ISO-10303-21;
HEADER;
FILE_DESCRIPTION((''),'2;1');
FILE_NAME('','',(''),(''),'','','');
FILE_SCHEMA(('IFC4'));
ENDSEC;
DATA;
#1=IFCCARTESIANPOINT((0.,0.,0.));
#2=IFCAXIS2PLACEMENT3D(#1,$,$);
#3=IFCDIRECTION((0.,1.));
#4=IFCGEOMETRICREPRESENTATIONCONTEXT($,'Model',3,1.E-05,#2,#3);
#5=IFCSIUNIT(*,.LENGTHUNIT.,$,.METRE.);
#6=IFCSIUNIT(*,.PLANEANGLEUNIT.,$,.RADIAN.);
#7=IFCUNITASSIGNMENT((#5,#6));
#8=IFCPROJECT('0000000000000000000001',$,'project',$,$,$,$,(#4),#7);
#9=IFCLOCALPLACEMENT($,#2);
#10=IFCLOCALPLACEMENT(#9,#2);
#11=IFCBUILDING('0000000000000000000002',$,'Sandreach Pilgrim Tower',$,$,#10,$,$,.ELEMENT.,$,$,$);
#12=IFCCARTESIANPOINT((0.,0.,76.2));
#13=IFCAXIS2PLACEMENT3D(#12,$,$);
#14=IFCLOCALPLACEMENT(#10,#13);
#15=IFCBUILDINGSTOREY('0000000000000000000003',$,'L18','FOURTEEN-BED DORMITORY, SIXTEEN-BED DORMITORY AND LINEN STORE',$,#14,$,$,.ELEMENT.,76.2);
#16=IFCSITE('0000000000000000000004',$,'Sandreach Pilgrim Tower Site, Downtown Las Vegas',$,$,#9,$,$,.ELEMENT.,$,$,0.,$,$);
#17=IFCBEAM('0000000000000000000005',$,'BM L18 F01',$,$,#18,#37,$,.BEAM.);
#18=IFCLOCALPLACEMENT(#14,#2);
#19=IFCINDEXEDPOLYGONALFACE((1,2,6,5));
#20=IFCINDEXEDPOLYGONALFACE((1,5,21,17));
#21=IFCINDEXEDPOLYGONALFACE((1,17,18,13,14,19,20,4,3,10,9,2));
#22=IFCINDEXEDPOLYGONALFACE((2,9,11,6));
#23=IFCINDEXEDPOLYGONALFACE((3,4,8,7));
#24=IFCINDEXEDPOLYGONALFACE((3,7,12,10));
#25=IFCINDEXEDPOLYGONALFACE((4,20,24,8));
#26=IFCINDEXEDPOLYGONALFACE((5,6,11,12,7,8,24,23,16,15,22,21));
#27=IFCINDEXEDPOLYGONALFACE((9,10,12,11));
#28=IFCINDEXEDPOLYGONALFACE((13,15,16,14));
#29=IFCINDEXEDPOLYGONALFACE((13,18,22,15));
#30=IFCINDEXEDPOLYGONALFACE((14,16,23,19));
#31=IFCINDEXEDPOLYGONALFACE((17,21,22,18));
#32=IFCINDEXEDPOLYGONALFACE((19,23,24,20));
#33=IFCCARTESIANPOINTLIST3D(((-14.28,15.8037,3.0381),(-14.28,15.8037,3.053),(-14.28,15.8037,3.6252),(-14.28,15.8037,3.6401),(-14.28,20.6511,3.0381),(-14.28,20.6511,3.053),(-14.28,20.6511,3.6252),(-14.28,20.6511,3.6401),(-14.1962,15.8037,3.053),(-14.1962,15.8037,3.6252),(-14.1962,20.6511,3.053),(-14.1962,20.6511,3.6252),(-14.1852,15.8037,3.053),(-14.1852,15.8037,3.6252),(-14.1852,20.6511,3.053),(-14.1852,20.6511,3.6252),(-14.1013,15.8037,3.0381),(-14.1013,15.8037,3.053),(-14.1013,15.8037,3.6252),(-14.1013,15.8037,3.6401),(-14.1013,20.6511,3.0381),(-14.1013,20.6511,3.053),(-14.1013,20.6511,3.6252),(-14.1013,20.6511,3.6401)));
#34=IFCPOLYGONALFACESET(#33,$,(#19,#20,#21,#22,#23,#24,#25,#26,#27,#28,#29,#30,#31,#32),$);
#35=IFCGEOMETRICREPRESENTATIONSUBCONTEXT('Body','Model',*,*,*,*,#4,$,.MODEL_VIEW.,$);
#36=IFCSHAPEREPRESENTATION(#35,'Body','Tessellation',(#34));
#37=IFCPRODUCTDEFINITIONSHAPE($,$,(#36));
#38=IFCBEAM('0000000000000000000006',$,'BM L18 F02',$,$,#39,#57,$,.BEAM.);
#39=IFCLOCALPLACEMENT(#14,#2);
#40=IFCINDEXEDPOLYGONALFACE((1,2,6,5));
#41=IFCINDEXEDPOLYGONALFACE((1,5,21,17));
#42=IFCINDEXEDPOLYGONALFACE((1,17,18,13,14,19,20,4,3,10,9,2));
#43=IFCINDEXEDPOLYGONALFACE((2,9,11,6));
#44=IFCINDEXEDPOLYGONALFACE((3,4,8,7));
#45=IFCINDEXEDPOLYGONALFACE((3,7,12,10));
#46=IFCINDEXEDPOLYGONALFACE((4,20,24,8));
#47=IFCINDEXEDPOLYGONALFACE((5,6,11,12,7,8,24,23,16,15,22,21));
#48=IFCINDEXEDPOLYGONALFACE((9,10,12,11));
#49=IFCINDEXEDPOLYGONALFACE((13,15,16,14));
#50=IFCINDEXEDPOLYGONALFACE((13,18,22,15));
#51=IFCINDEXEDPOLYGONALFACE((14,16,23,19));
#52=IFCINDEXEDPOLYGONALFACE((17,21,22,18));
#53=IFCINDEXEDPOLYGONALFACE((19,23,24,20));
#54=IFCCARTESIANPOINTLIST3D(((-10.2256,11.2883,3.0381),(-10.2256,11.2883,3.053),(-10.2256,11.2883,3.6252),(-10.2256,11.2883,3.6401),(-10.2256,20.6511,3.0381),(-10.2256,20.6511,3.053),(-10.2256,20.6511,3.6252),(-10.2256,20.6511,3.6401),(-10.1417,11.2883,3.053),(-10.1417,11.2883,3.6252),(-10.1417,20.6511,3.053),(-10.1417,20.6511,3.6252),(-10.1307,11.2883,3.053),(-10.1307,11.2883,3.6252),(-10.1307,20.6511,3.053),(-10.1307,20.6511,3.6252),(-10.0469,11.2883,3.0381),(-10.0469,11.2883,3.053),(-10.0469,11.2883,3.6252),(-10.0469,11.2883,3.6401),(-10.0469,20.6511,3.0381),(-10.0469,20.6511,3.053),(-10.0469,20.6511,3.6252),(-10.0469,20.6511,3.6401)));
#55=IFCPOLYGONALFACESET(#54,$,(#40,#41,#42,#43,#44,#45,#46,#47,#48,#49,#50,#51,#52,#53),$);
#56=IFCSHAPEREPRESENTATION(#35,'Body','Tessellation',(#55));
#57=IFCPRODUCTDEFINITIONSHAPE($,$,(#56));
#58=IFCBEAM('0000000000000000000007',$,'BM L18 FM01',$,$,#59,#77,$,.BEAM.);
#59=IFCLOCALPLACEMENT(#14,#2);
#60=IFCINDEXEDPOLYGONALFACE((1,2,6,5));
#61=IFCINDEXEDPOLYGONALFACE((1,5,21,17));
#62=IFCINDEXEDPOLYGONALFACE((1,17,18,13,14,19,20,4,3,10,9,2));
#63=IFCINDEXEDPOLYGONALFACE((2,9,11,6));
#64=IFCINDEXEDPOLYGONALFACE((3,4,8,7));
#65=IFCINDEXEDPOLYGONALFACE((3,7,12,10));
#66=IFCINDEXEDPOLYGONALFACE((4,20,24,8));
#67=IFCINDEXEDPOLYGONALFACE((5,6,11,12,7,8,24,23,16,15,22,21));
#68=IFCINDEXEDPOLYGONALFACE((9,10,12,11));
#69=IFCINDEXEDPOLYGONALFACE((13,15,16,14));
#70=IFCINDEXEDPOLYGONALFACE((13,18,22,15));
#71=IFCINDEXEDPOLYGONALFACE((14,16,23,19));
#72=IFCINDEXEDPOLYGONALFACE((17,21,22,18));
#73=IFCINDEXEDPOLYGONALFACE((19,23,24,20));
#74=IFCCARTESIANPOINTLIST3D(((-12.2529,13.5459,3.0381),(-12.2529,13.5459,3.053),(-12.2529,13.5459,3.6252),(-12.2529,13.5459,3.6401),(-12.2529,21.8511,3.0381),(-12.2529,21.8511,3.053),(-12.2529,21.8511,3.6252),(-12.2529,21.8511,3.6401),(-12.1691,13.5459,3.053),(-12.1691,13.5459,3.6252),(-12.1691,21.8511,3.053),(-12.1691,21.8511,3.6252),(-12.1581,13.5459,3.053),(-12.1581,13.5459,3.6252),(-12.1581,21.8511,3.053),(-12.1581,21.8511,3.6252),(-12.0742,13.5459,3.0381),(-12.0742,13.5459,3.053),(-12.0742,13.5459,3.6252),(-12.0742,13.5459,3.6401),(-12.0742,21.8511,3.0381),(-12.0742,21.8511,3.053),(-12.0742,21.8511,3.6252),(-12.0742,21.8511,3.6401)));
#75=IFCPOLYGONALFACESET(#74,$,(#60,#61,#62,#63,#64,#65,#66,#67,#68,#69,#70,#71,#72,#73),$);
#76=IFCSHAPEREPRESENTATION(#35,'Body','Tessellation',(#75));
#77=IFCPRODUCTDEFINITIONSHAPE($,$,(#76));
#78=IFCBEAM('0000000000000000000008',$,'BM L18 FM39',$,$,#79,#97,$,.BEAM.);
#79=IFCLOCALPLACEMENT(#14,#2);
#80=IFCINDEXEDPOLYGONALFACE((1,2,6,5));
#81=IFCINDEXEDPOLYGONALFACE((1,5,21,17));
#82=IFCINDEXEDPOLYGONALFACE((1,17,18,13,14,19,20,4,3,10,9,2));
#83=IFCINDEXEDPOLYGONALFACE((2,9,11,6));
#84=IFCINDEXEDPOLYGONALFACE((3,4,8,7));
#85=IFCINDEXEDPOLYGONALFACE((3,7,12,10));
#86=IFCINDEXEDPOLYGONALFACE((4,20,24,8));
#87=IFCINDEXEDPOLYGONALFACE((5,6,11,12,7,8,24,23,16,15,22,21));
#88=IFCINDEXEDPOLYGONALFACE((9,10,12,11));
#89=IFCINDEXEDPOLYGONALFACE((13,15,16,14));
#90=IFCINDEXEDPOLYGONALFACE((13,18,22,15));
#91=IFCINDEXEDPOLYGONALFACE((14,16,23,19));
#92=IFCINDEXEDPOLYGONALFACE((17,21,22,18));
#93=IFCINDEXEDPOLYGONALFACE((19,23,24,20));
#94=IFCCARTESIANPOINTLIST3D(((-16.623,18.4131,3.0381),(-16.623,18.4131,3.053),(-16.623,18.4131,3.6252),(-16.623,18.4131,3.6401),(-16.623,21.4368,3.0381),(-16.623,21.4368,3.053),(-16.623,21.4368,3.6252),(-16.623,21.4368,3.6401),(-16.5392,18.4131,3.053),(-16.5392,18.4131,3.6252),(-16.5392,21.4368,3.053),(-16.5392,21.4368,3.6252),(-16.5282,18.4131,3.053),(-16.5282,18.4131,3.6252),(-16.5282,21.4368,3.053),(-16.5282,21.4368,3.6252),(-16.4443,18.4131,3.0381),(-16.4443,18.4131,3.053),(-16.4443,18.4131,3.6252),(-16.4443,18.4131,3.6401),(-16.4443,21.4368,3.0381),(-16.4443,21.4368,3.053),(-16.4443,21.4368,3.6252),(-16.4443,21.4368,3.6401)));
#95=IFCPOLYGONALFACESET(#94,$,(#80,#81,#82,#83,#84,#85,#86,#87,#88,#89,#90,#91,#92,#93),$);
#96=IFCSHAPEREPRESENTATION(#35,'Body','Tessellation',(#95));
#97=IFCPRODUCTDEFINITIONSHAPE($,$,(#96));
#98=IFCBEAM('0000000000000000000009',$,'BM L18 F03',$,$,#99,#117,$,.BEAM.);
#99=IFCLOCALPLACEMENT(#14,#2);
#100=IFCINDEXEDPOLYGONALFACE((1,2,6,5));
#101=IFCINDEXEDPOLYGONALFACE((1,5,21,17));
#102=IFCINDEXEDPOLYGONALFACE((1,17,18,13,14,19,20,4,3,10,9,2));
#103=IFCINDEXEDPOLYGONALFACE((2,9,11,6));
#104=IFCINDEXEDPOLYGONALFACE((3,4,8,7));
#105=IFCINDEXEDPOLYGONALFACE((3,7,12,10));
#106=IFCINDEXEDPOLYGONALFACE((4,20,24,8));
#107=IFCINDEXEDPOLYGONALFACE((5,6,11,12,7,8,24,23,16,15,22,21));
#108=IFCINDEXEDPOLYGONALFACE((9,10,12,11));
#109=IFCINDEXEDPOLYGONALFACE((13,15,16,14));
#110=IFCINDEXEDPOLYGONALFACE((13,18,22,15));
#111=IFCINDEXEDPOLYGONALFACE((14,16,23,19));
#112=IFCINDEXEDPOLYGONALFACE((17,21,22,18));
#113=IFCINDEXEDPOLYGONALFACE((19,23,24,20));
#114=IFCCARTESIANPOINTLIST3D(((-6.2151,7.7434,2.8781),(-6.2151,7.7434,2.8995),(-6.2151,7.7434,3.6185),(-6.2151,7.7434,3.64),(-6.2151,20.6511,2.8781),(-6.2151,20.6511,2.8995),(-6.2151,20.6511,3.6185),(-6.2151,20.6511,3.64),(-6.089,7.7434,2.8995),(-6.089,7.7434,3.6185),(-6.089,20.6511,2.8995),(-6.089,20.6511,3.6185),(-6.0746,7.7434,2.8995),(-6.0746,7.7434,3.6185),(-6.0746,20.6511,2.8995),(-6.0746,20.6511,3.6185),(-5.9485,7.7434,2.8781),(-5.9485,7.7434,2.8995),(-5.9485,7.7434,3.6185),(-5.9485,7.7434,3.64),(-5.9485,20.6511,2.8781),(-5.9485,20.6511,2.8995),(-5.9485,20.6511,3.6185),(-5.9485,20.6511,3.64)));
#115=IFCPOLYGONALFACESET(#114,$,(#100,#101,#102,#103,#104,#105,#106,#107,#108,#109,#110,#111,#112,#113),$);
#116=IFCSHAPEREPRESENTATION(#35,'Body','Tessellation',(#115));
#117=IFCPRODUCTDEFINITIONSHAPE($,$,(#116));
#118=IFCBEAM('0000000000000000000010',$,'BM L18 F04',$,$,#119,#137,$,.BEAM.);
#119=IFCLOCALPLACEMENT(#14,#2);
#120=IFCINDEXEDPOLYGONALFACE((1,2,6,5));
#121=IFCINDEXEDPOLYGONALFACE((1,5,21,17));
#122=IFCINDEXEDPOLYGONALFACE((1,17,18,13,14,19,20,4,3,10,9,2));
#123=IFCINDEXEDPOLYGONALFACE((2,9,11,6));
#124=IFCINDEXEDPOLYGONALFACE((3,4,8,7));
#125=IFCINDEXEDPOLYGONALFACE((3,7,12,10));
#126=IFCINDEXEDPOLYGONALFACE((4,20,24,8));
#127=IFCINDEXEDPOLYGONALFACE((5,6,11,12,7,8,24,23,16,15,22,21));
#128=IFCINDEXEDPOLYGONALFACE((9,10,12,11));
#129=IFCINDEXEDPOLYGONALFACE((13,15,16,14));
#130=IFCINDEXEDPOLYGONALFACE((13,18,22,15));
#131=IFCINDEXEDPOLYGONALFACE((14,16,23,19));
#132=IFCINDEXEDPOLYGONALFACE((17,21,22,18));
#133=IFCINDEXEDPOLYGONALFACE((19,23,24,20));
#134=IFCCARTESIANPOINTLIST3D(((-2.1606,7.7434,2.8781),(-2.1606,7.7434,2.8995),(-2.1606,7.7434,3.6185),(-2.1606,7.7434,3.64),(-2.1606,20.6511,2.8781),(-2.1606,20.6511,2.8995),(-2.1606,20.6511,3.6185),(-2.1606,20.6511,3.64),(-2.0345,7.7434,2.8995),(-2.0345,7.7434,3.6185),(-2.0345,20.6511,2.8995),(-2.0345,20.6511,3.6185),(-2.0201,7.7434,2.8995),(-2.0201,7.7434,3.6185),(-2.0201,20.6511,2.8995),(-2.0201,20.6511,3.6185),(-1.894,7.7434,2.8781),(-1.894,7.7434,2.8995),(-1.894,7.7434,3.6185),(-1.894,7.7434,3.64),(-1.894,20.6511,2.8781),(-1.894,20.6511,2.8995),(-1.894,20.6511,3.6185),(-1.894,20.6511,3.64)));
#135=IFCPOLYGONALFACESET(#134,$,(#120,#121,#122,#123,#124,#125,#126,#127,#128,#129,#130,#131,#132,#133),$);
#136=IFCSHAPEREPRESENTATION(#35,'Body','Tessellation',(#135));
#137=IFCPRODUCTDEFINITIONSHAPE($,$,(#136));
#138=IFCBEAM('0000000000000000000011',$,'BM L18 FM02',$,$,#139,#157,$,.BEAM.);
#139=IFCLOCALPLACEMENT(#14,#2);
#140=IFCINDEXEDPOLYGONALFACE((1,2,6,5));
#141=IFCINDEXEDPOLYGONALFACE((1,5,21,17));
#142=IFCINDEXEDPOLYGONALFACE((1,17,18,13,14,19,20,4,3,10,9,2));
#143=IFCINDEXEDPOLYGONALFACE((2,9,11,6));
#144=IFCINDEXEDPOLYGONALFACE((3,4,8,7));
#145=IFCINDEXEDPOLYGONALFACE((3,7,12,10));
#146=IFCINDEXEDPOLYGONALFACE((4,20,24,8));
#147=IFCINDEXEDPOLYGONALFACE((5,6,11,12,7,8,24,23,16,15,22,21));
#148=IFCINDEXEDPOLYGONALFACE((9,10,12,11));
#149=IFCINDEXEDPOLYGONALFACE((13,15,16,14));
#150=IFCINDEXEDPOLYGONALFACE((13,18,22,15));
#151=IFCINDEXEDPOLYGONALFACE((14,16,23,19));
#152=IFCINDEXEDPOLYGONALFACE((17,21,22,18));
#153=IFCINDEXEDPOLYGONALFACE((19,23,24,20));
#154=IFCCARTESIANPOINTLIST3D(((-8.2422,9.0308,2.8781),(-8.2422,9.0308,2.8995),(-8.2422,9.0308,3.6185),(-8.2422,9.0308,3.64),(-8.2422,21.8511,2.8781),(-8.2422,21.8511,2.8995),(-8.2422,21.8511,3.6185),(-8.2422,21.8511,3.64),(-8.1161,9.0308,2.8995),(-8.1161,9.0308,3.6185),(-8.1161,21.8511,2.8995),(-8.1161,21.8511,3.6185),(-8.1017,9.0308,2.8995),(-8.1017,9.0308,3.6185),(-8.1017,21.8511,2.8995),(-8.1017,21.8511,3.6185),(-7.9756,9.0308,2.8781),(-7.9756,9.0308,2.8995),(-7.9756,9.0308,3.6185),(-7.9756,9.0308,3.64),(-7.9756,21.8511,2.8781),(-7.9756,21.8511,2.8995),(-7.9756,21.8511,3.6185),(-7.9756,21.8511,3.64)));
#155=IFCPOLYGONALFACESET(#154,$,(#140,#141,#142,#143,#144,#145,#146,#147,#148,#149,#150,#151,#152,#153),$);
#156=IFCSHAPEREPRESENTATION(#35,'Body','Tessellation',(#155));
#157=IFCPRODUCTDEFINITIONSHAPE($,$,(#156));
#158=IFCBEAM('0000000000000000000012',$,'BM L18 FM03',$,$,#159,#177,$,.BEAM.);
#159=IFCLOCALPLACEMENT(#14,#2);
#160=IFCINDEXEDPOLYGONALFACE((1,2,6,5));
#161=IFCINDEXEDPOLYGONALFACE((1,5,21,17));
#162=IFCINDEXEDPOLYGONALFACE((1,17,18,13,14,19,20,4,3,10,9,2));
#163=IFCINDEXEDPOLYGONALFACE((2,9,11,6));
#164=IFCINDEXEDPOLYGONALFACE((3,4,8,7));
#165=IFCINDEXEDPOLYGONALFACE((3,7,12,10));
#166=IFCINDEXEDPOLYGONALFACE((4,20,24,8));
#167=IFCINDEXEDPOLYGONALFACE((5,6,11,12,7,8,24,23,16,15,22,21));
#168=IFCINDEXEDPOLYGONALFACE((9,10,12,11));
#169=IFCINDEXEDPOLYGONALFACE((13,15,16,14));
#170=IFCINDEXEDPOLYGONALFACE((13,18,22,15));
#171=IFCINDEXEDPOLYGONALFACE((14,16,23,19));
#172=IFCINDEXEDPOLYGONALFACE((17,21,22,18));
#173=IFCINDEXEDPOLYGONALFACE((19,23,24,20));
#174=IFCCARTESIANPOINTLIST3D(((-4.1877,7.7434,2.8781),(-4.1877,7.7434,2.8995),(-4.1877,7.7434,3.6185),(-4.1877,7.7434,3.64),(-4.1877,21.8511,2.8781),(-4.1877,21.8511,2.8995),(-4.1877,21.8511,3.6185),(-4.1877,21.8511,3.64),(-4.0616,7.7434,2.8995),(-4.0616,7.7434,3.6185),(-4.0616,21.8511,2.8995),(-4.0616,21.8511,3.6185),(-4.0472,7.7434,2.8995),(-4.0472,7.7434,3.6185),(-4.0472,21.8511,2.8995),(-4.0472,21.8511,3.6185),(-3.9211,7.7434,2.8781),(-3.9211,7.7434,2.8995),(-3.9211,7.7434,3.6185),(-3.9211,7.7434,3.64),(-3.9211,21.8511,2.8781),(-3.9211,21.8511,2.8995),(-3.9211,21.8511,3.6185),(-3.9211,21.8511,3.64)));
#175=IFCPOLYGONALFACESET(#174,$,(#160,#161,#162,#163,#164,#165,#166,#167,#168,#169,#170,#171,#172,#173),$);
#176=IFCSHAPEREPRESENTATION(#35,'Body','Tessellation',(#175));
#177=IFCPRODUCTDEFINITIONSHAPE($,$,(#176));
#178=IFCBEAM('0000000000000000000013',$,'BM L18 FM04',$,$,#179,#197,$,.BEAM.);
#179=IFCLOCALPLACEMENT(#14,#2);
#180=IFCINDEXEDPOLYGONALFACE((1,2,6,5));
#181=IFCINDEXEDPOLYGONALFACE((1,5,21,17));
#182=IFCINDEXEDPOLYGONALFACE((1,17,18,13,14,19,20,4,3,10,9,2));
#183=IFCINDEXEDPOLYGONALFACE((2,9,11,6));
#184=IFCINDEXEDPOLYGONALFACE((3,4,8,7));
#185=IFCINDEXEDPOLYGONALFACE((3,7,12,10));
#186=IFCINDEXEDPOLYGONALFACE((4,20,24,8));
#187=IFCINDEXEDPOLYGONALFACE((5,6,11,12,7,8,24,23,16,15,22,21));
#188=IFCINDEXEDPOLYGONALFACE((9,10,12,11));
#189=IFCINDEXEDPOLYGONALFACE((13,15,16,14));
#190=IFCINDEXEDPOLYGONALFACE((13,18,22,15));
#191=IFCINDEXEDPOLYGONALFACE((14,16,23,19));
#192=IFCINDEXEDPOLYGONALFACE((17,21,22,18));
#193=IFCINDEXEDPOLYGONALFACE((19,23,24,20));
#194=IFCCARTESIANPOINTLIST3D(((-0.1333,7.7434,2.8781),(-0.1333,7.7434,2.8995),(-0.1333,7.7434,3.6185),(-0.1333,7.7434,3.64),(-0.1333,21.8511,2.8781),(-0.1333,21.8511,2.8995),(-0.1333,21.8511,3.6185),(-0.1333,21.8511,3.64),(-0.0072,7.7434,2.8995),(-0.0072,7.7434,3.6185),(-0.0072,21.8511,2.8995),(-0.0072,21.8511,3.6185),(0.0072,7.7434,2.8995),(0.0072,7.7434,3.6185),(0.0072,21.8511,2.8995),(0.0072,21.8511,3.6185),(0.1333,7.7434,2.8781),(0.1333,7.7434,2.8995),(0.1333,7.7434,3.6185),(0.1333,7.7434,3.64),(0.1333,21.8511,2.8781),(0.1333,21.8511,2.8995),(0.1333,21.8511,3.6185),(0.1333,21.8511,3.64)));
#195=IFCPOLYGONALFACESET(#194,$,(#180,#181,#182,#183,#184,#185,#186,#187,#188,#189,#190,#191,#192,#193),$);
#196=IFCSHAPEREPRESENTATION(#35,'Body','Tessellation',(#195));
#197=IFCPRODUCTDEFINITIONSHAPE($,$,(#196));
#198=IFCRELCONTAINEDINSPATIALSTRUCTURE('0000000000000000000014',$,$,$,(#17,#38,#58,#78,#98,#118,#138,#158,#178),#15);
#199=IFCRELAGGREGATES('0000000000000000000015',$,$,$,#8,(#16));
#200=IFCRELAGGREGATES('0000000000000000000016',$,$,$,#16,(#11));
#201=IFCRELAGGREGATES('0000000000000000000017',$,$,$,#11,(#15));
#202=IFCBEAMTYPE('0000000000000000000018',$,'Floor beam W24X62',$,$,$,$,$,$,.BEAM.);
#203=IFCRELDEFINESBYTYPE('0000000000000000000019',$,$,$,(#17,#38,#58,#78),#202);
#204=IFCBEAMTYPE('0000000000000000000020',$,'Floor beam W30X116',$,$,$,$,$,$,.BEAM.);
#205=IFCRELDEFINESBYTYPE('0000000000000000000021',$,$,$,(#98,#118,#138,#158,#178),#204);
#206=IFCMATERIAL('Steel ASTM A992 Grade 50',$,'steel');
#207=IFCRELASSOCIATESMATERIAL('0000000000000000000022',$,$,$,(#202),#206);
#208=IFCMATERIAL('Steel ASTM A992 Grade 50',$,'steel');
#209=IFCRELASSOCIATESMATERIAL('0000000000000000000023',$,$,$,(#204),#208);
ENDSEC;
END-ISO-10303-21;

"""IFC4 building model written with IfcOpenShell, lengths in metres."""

from ifc_helpers import new_model, si_unit, direction, frame, origin, origin_2d, place, context, subcontext, project, spatial, i_section, extrude, material, material_profile, profile_set, type_object, element, save


model = new_model("IFC4")

# Units and contexts
model_context = context("Model", 3, precision=1e-05, world=origin(), true_north=direction((0.0, 1.0)))
body_context = subcontext(model_context, "Body", "Model", "MODEL_VIEW")
ifc_project = project(units=[si_unit("LENGTHUNIT", "METRE"), si_unit("PLANEANGLEUNIT", "RADIAN")], contexts=[model_context])

# Site, building, storey
site_placement = place(None, origin())
site = spatial("IfcSite", under=ifc_project, at=site_placement, Name="Sandreach Pilgrim Tower Site, Downtown Las Vegas", CompositionType="ELEMENT", RefElevation=0.0)
building_placement = place(site_placement, origin())
building = spatial("IfcBuilding", under=site, at=building_placement, Name="Sandreach Pilgrim Tower", CompositionType="ELEMENT")
storey_placement = place(building_placement, frame((0.0, 0.0, 76.2)))
storey = spatial("IfcBuildingStorey", under=building, at=storey_placement, Name="L18", Description="FOURTEEN-BED DORMITORY, SIXTEEN-BED DORMITORY AND LINEN STORE", CompositionType="ELEMENT", Elevation=76.2)

# Beams
ifc_material_1 = material(Name="Steel ASTM A992 Grade 50", Category="steel")
ifc_material_profile_1 = material_profile(ifc_material_1, i_section(OverallWidth=0.1787, OverallDepth=0.6021, WebThickness=0.011, FlangeThickness=0.0149, at=origin_2d()), Name="W24X62")
ifc_profile_set_1 = profile_set([ifc_material_profile_1], Name="Steel ASTM A992 Grade 50")
beam_type_1 = type_object("IfcBeamType", Name="Floor beam W24X62", PredefinedType="BEAM", material=ifc_profile_set_1)
beam_1_placement = place(storey_placement, frame((-14.1907, 20.6511, 3.3391), z_axis=(0.0, -1.0, 0.0), x_axis=(1.0, 0.0, 0.0)))
element("IfcBeam", 1, at=beam_1_placement, inside=storey, type_object=beam_type_1, Name="BM L18 F01", PredefinedType="BEAM", context=body_context, shape_type="SweptSolid", body=[
    extrude(i_section(OverallWidth=0.1787, OverallDepth=0.6021, WebThickness=0.011, FlangeThickness=0.0149, at=origin_2d()), origin(), (0.0, 0.0, 1.0), 4.8474),
])
beam_2_placement = place(storey_placement, frame((-10.1362, 20.6511, 3.3391), z_axis=(0.0, -1.0, 0.0), x_axis=(1.0, 0.0, 0.0)))
element("IfcBeam", 2, at=beam_2_placement, inside=storey, type_object=beam_type_1, Name="BM L18 F02", PredefinedType="BEAM", context=body_context, shape_type="SweptSolid", body=[
    extrude(i_section(OverallWidth=0.1787, OverallDepth=0.6021, WebThickness=0.011, FlangeThickness=0.0149, at=origin_2d()), origin(), (0.0, 0.0, 1.0), 9.3628),
])
beam_3_placement = place(storey_placement, frame((-12.1636, 21.8511, 3.3391), z_axis=(0.0, -1.0, 0.0), x_axis=(1.0, 0.0, 0.0)))
element("IfcBeam", 3, at=beam_3_placement, inside=storey, type_object=beam_type_1, Name="BM L18 FM01", PredefinedType="BEAM", context=body_context, shape_type="SweptSolid", body=[
    extrude(i_section(OverallWidth=0.1787, OverallDepth=0.6021, WebThickness=0.011, FlangeThickness=0.0149, at=origin_2d()), origin(), (0.0, 0.0, 1.0), 8.3052),
])
beam_4_placement = place(storey_placement, frame((-16.5337, 21.4368, 3.3391), z_axis=(0.0, -1.0, 0.0), x_axis=(1.0, 0.0, 0.0)))
element("IfcBeam", 4, at=beam_4_placement, inside=storey, type_object=beam_type_1, Name="BM L18 FM39", PredefinedType="BEAM", context=body_context, shape_type="SweptSolid", body=[
    extrude(i_section(OverallWidth=0.1787, OverallDepth=0.6021, WebThickness=0.011, FlangeThickness=0.0149, at=origin_2d()), origin(), (0.0, 0.0, 1.0), 3.0237),
])
ifc_material_2 = material(Name="Steel ASTM A992 Grade 50", Category="steel")
ifc_material_profile_2 = material_profile(ifc_material_2, i_section(OverallWidth=0.2666, OverallDepth=0.762, WebThickness=0.0144, FlangeThickness=0.0215, at=origin_2d()), Name="W30X116")
ifc_profile_set_2 = profile_set([ifc_material_profile_2], Name="Steel ASTM A992 Grade 50")
beam_type_2 = type_object("IfcBeamType", Name="Floor beam W30X116", PredefinedType="BEAM", material=ifc_profile_set_2)
for number, where, z_axis, x_axis, name in (
    (5, (-6.0818, 20.6511, 3.259), (0.0, -1.0, 0.0), (1.0, 0.0, 0.0), "BM L18 F03"),
    (6, (-2.0273, 20.6511, 3.259), (0.0, -1.0, 0.0), (1.0, 0.0, 0.0), "BM L18 F04"),
):
    element("IfcBeam", number, at=place(storey_placement, frame(where, z_axis=z_axis, x_axis=x_axis)), inside=storey, type_object=beam_type_2, Name=name, PredefinedType="BEAM", context=body_context, shape_type="SweptSolid", body=[
        extrude(i_section(OverallWidth=0.2666, OverallDepth=0.762, WebThickness=0.0144, FlangeThickness=0.0215, at=origin_2d()), origin(), (0.0, 0.0, 1.0), 12.9077),
    ])
beam_5_placement = place(storey_placement, frame((-8.1089, 21.8511, 3.259), z_axis=(0.0, -1.0, 0.0), x_axis=(1.0, 0.0, 0.0)))
element("IfcBeam", 7, at=beam_5_placement, inside=storey, type_object=beam_type_2, Name="BM L18 FM02", PredefinedType="BEAM", context=body_context, shape_type="SweptSolid", body=[
    extrude(i_section(OverallWidth=0.2666, OverallDepth=0.762, WebThickness=0.0144, FlangeThickness=0.0215, at=origin_2d()), origin(), (0.0, 0.0, 1.0), 12.8203),
])
for number, where, z_axis, x_axis, name in (
    (8, (-4.0544, 21.8511, 3.259), (0.0, -1.0, 0.0), (1.0, 0.0, 0.0), "BM L18 FM03"),
    (9, (0.0, 21.8511, 3.259), (0.0, -1.0, 0.0), (1.0, 0.0, 0.0), "BM L18 FM04"),
):
    element("IfcBeam", number, at=place(storey_placement, frame(where, z_axis=z_axis, x_axis=x_axis)), inside=storey, type_object=beam_type_2, Name=name, PredefinedType="BEAM", context=body_context, shape_type="SweptSolid", body=[
        extrude(i_section(OverallWidth=0.2666, OverallDepth=0.762, WebThickness=0.0144, FlangeThickness=0.0215, at=origin_2d()), origin(), (0.0, 0.0, 1.0), 14.1077),
    ])

save(model, "model.ifc")
